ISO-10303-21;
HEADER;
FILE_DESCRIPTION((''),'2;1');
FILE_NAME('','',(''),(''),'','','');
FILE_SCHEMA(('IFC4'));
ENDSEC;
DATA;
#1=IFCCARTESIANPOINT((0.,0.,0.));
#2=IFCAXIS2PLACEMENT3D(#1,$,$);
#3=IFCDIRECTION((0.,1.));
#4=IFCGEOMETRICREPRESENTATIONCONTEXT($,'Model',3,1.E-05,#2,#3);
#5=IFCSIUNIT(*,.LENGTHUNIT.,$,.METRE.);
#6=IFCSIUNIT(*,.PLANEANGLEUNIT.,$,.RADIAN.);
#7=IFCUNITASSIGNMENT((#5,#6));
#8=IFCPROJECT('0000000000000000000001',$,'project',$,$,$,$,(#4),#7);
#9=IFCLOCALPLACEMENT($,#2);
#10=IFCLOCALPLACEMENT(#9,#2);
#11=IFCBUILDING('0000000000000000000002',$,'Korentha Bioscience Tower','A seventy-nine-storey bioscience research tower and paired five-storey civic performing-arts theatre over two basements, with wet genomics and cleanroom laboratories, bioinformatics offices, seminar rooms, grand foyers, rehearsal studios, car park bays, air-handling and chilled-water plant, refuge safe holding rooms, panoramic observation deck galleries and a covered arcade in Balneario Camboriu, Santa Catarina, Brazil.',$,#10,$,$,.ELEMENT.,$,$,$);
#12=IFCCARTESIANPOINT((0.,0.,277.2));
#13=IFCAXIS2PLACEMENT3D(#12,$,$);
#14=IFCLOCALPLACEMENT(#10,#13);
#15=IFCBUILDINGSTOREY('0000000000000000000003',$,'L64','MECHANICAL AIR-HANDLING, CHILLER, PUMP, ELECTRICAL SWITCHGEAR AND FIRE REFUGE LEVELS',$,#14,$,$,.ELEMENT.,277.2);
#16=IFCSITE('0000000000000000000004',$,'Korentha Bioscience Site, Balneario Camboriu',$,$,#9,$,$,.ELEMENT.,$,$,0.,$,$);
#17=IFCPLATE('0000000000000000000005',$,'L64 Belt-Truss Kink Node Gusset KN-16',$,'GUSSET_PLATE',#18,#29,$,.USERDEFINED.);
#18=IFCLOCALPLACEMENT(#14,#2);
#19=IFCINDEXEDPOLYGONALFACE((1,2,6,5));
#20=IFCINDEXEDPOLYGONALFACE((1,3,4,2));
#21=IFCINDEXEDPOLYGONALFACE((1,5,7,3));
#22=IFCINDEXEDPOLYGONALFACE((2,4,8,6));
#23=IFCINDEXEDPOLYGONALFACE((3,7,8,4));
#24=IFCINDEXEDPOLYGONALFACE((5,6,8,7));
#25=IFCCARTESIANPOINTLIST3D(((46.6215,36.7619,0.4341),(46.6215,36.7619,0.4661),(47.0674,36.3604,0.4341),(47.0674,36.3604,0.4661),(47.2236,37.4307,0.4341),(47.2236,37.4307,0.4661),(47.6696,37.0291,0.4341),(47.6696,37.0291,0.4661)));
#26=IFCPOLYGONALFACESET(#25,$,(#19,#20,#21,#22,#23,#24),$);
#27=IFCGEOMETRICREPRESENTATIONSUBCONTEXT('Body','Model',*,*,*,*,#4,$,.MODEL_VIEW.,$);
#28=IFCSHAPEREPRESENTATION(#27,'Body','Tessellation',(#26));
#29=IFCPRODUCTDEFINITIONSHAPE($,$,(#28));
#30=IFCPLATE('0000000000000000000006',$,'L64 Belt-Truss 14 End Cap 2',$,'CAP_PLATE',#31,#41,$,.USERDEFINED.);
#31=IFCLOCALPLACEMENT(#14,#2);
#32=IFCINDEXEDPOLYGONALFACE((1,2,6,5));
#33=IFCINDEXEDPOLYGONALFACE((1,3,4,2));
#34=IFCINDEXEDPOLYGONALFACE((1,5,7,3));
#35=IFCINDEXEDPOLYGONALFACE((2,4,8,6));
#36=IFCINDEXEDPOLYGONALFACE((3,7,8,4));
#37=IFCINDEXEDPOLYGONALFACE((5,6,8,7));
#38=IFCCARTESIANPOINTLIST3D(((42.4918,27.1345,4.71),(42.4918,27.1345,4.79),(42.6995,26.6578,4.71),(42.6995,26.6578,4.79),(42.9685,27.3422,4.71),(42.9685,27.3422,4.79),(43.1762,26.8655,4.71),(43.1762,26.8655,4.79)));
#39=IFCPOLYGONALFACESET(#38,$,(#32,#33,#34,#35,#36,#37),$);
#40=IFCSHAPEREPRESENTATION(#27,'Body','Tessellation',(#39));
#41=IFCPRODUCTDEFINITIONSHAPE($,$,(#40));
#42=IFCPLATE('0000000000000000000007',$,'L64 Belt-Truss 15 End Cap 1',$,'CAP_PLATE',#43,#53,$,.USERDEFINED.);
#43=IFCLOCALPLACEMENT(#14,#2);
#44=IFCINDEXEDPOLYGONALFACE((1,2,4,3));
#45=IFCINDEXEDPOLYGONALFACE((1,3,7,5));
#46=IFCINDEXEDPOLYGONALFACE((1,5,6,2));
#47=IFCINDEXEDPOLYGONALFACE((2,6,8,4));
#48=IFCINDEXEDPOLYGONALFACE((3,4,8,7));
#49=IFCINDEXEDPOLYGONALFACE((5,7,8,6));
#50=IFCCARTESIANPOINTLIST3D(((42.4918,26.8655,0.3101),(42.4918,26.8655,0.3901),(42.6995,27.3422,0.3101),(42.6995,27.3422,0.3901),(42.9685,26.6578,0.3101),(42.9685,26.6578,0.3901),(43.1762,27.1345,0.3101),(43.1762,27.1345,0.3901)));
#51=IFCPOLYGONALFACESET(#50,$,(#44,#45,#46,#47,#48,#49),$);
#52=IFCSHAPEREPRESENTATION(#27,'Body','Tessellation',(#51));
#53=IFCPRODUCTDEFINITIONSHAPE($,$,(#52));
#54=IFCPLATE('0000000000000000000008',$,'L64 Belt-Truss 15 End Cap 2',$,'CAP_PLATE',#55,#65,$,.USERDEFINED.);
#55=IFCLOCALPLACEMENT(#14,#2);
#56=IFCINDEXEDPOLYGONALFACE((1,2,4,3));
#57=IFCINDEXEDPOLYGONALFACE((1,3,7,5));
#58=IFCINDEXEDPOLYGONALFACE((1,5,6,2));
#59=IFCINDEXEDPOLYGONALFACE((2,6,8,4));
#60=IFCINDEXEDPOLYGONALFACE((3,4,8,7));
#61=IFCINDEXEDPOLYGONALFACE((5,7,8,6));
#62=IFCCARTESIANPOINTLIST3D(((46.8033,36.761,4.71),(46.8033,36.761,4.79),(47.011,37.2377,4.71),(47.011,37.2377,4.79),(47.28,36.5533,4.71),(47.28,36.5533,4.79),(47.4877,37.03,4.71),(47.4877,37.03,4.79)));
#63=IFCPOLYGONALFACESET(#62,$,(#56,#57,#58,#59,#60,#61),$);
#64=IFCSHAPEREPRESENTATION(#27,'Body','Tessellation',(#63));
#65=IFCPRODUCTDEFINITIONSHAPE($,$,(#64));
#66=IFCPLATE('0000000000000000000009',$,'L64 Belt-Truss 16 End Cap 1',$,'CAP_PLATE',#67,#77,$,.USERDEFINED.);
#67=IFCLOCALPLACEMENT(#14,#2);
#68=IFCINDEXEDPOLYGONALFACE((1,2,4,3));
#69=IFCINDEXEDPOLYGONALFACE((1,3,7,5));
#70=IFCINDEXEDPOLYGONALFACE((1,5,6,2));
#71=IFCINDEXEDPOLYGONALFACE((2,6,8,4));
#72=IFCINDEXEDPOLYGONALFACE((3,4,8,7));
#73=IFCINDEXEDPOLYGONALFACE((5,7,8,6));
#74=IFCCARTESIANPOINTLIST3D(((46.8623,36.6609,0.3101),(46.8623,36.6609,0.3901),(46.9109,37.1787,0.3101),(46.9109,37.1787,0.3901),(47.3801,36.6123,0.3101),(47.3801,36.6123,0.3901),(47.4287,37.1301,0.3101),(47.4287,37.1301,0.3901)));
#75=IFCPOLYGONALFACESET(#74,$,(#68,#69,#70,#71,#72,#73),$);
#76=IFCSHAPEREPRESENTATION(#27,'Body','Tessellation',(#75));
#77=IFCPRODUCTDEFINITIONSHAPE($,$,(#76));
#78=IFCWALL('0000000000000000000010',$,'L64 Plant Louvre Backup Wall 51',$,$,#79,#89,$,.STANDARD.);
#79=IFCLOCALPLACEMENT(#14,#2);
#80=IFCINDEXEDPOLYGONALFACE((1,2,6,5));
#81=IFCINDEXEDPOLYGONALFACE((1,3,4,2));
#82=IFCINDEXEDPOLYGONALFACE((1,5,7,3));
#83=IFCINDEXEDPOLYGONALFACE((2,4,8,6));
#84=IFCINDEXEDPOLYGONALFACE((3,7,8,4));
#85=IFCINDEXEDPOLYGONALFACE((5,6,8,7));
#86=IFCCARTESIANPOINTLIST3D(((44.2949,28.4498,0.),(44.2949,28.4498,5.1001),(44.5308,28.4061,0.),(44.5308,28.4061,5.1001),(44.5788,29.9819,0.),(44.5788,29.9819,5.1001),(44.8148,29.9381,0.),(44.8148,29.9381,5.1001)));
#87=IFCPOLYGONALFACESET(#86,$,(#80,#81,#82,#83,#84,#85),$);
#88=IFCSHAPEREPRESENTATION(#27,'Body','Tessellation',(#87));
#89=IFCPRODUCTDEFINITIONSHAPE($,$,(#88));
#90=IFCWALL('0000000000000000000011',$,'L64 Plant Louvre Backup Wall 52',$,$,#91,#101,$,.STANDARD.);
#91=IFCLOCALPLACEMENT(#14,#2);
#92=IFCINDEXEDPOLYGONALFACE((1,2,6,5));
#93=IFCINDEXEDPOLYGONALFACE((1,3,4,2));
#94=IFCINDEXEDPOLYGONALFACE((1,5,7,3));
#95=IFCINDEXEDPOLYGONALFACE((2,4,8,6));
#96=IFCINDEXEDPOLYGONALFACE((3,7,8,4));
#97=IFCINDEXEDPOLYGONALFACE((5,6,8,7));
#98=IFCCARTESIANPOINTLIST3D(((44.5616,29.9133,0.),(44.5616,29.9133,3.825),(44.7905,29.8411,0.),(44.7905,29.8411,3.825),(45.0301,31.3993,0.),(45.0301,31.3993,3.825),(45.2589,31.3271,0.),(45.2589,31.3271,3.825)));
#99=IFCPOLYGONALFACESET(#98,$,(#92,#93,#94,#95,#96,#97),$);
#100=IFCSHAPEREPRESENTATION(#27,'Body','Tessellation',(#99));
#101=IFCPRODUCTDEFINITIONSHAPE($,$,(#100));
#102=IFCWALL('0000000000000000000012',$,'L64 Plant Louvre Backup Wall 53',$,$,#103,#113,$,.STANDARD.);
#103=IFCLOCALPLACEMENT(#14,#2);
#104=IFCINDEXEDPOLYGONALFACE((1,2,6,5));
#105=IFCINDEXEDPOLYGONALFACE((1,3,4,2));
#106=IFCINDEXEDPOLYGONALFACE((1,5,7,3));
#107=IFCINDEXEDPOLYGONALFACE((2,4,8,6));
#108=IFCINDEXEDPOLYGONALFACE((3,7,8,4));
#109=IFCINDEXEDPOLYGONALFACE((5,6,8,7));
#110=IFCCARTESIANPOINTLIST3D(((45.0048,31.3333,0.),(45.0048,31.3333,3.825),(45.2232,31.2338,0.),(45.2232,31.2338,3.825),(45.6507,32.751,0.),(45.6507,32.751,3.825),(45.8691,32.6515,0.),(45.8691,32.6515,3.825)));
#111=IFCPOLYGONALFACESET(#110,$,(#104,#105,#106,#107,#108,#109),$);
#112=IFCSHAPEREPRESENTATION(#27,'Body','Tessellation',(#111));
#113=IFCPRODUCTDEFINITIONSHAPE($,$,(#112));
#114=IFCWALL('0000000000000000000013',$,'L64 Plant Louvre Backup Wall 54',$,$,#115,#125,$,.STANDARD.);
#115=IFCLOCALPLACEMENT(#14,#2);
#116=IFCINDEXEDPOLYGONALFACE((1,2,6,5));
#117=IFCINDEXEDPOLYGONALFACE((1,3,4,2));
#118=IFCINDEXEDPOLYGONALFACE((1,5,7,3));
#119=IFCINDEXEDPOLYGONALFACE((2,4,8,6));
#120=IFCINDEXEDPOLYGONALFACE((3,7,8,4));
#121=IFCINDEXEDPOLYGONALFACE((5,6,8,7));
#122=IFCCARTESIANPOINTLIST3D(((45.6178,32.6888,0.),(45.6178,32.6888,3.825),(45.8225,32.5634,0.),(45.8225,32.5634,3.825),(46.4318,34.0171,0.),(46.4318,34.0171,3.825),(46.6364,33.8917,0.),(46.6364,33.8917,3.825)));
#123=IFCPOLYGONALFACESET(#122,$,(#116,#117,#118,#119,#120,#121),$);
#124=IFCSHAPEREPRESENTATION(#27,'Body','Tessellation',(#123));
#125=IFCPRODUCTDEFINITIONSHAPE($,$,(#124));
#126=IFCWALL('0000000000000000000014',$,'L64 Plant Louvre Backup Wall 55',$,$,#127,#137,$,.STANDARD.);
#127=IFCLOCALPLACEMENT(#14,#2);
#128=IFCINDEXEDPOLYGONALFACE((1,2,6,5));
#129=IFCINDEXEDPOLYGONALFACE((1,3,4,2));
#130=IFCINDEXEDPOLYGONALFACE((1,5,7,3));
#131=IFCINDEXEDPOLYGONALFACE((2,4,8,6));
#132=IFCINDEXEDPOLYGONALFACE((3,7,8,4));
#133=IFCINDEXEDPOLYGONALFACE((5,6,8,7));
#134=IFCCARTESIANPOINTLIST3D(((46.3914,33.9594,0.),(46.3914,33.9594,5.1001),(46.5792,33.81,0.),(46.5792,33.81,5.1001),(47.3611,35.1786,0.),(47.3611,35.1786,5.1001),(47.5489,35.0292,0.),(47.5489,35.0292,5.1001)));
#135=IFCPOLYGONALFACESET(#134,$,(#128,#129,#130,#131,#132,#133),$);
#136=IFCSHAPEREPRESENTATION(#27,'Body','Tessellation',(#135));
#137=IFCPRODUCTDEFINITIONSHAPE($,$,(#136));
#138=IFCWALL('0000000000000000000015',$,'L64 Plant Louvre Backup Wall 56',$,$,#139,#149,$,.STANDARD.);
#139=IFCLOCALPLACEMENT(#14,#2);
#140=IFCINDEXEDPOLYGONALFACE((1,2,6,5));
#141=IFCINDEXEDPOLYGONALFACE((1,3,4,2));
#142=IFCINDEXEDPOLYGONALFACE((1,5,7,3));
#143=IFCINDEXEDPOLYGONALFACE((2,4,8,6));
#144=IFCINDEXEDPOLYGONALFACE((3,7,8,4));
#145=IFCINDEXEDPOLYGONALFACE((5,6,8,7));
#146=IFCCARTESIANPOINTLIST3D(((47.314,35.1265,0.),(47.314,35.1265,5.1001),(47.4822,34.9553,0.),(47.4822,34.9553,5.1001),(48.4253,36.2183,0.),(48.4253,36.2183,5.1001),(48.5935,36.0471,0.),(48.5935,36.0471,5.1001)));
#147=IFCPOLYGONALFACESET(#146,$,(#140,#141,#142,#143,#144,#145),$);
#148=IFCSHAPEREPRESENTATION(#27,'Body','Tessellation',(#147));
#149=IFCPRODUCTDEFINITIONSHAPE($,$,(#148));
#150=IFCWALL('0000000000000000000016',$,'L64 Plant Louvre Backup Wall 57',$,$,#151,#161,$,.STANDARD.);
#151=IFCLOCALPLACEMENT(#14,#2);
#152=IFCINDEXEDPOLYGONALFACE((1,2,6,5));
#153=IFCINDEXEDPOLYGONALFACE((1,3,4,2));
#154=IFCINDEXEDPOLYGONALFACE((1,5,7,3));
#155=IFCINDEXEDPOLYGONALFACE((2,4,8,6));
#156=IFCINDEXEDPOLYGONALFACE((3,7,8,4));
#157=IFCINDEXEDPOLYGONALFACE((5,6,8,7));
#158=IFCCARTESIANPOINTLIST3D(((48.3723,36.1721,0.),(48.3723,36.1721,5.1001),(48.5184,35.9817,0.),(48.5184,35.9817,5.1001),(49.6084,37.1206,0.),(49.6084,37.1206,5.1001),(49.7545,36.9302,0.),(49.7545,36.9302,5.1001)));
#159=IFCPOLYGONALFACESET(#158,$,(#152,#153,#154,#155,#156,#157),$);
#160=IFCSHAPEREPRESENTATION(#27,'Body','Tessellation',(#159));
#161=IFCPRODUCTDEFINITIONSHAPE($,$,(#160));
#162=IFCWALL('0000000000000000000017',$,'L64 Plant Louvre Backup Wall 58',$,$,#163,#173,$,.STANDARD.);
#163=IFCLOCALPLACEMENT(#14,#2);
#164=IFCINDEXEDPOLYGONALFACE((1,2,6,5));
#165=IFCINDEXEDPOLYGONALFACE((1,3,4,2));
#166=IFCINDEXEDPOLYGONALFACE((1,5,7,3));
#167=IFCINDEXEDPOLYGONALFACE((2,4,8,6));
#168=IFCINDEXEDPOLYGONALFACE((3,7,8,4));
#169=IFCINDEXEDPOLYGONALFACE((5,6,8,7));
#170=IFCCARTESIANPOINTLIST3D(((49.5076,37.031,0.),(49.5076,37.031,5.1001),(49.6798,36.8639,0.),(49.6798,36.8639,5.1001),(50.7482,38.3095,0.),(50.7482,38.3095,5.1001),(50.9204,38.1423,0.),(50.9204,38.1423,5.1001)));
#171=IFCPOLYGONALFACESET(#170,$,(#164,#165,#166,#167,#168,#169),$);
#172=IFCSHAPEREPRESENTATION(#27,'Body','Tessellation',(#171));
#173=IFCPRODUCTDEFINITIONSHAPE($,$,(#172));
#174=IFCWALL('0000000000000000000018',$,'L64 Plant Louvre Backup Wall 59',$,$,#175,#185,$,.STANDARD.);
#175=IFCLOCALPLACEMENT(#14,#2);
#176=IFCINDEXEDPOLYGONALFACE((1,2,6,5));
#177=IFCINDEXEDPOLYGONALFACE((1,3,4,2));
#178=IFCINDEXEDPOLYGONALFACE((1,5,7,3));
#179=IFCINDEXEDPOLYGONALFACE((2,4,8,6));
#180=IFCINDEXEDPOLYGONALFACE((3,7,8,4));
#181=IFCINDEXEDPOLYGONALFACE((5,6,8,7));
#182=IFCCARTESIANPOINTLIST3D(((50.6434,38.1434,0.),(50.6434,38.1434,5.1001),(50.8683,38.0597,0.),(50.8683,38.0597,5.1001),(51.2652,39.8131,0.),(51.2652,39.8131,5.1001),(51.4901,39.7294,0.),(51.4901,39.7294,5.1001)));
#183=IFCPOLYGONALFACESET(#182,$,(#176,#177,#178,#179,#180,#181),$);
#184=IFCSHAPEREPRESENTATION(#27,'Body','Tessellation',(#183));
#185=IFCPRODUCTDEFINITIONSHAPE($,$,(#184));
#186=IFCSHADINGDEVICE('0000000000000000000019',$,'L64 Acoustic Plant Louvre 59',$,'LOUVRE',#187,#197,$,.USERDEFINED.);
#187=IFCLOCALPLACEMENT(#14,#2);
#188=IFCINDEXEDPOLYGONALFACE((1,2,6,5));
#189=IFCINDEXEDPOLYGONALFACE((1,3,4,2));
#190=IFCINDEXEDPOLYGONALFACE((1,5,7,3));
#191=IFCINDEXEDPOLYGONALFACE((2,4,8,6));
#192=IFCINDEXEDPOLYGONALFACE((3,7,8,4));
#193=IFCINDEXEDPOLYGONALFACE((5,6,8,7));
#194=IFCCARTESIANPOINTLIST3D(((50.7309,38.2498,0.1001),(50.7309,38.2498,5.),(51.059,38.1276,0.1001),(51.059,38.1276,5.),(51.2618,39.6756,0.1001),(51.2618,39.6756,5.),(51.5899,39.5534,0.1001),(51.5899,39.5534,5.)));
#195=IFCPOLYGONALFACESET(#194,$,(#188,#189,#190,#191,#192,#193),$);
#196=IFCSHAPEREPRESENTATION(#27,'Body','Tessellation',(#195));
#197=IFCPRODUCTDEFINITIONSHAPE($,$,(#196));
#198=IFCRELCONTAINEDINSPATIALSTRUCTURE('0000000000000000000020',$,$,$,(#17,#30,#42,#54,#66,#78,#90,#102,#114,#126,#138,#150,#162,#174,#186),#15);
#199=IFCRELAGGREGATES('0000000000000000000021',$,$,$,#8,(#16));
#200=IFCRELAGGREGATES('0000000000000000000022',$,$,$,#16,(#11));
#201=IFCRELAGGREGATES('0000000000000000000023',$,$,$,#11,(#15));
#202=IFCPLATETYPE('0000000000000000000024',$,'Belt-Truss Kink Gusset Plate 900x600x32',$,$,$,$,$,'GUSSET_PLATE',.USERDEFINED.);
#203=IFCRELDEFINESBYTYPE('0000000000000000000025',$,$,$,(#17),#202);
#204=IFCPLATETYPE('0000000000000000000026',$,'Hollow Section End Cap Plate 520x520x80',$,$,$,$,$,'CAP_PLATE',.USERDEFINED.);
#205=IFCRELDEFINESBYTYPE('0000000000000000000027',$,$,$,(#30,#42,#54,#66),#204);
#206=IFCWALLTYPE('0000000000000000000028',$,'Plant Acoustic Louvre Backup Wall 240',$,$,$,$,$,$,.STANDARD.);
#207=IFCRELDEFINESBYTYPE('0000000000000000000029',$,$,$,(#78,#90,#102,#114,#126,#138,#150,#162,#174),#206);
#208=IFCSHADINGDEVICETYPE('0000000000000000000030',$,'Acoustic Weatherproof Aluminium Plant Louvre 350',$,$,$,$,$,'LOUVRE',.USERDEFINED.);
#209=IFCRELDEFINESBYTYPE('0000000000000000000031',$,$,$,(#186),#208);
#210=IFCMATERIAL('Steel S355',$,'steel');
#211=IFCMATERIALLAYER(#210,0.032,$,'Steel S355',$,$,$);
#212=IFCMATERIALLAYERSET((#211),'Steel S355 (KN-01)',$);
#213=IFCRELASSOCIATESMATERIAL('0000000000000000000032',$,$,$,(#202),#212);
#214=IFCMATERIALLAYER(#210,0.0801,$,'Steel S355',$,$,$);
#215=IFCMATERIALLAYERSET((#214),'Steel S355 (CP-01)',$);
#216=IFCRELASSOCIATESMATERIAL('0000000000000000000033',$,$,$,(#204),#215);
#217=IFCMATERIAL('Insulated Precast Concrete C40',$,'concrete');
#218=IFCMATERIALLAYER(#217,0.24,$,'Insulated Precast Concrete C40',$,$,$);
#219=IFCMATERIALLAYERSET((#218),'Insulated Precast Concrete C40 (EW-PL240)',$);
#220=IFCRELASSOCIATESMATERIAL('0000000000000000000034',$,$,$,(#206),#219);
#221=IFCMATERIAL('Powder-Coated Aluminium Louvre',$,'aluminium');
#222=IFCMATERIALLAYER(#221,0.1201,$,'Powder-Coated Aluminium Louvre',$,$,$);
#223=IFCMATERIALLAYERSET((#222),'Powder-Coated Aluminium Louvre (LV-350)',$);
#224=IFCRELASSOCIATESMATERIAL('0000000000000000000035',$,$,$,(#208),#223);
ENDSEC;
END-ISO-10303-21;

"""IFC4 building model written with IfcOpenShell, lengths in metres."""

from ifc_helpers import new_model, si_unit, direction, frame, frame_2d, origin, origin_2d, place, context, subcontext, project, spatial, rectangle, extrude, material, layer, layer_set, type_object, element, save


model = new_model("IFC4")

# Units and contexts
model_context = context("Model", 3, precision=1e-05, world=origin(), true_north=direction((0.0, 1.0)))
body_context = subcontext(model_context, "Body", "Model", "MODEL_VIEW")
ifc_project = project(units=[si_unit("LENGTHUNIT", "METRE"), si_unit("PLANEANGLEUNIT", "RADIAN")], contexts=[model_context])

# Site, building, storey
site_placement = place(None, origin())
site = spatial("IfcSite", under=ifc_project, at=site_placement, Name="Korentha Bioscience Site, Balneario Camboriu", CompositionType="ELEMENT", RefElevation=0.0)
building_placement = place(site_placement, origin())
building = spatial("IfcBuilding", under=site, at=building_placement, Name="Korentha Bioscience Tower", Description="A seventy-nine-storey bioscience research tower and paired five-storey civic performing-arts theatre over two basements, with wet genomics and cleanroom laboratories, bioinformatics offices, seminar rooms, grand foyers, rehearsal studios, car park bays, air-handling and chilled-water plant, refuge safe holding rooms, panoramic observation deck galleries and a covered arcade in Balneario Camboriu, Santa Catarina, Brazil.", CompositionType="ELEMENT")
storey_placement = place(building_placement, frame((0.0, 0.0, 277.2)))
storey = spatial("IfcBuildingStorey", under=building, at=storey_placement, Name="L64", Description="MECHANICAL AIR-HANDLING, CHILLER, PUMP, ELECTRICAL SWITCHGEAR AND FIRE REFUGE LEVELS", CompositionType="ELEMENT", Elevation=277.2)

# Shared definitions
ifc_material_1 = material(Name="Steel S355", Category="steel")

# Plates
ifc_layer_1 = layer(ifc_material_1, 0.032, Name="Steel S355")
ifc_layer_set_1 = layer_set([ifc_layer_1], Name="Steel S355 (KN-01)")
plate_type_1 = type_object("IfcPlateType", Name="Belt-Truss Kink Gusset Plate 900x600x32", ElementType="GUSSET_PLATE", PredefinedType="USERDEFINED", material=ifc_layer_set_1)
for number, where, z_axis, x_axis, name in (
    (1, (47.1455, 36.8955, 0.4341), (0.0, 0.0, 1.0), (0.669131, 0.743145, 0.0), "L64 Belt-Truss Kink Node Gusset KN-16"),
):
    element("IfcPlate", number, at=place(storey_placement, frame(where, z_axis=z_axis, x_axis=x_axis)), inside=storey, type_object=plate_type_1, Name=name, ObjectType="GUSSET_PLATE", PredefinedType="USERDEFINED", context=body_context, shape_type="SweptSolid", body=[
        extrude(rectangle(XDim=0.8999, YDim=0.6001, at=origin_2d()), origin(), (0.0, 0.0, 1.0), 0.032),
    ])
ifc_layer_2 = layer(ifc_material_1, 0.0801, Name="Steel S355")
ifc_layer_set_2 = layer_set([ifc_layer_2], Name="Steel S355 (CP-01)")
plate_type_2 = type_object("IfcPlateType", Name="Hollow Section End Cap Plate 520x520x80", ElementType="CAP_PLATE", PredefinedType="USERDEFINED", material=ifc_layer_set_2)
for number, where, z_axis, x_axis, name in (
    (2, (42.834, 27.0, 4.71), (0.0, 0.0, 1.0), (-0.399389, 0.916781, 0.0), "L64 Belt-Truss 14 End Cap 2"),
    (3, (42.834, 27.0, 0.3101), (0.0, 0.0, 1.0), (0.399389, 0.916781, 0.0), "L64 Belt-Truss 15 End Cap 1"),
    (4, (47.1455, 36.8955, 4.71), (0.0, 0.0, 1.0), (0.399389, 0.916781, 0.0), "L64 Belt-Truss 15 End Cap 2"),
    (5, (47.1455, 36.8955, 0.3101), (0.0, 0.0, 1.0), (0.093413, 0.995627, 0.0), "L64 Belt-Truss 16 End Cap 1"),
):
    element("IfcPlate", number, at=place(storey_placement, frame(where, z_axis=z_axis, x_axis=x_axis)), inside=storey, type_object=plate_type_2, Name=name, ObjectType="CAP_PLATE", PredefinedType="USERDEFINED", context=body_context, shape_type="SweptSolid", body=[
        extrude(rectangle(XDim=0.52, YDim=0.52, at=origin_2d()), origin(), (0.0, 0.0, 1.0), 0.0801),
    ])

# Walls
ifc_material_2 = material(Name="Insulated Precast Concrete C40", Category="concrete")
ifc_layer_3 = layer(ifc_material_2, 0.24, Name="Insulated Precast Concrete C40")
ifc_layer_set_3 = layer_set([ifc_layer_3], Name="Insulated Precast Concrete C40 (EW-PL240)")
wall_type = type_object("IfcWallType", Name="Plant Acoustic Louvre Backup Wall 240", PredefinedType="STANDARD", material=ifc_layer_set_3)
wall_1_placement = place(storey_placement, frame((44.4128, 28.428, 0.0), z_axis=(0.0, 0.0, 1.0), x_axis=(0.182235, 0.983255, 0.0)))
element("IfcWall", 6, at=wall_1_placement, inside=storey, type_object=wall_type, Name="L64 Plant Louvre Backup Wall 51", PredefinedType="STANDARD", context=body_context, shape_type="SweptSolid", body=[
    extrude(rectangle(XDim=1.5581, YDim=0.24, at=frame_2d((0.7791, 0.0))), origin(), (0.0, 0.0, 1.0), 5.1001),
])
wall_2_placement = place(storey_placement, frame((44.676, 29.8772, 0.0), z_axis=(0.0, 0.0, 1.0), x_axis=(0.300674, 0.953727, 0.0)))
element("IfcWall", 7, at=wall_2_placement, inside=storey, type_object=wall_type, Name="L64 Plant Louvre Backup Wall 52", PredefinedType="STANDARD", context=body_context, shape_type="SweptSolid", body=[
    extrude(rectangle(XDim=1.5581, YDim=0.24, at=frame_2d((0.7791, 0.0))), origin(), (0.0, 0.0, 1.0), 3.825),
])
for number, where, z_axis, x_axis, name in (
    (8, (45.114, 31.2837, 0.0), (0.0, 0.0, 1.0), (0.414641, 0.909985, 0.0), "L64 Plant Louvre Backup Wall 53"),
    (9, (45.7202, 32.6262, 0.0), (0.0, 0.0, 1.0), (0.52247, 0.852658, 0.0), "L64 Plant Louvre Backup Wall 54"),
):
    element("IfcWall", number, at=place(storey_placement, frame(where, z_axis=z_axis, x_axis=x_axis)), inside=storey, type_object=wall_type, Name=name, PredefinedType="STANDARD", context=body_context, shape_type="SweptSolid", body=[
        extrude(rectangle(XDim=1.5579, YDim=0.24, at=frame_2d((0.7788, 0.0))), origin(), (0.0, 0.0, 1.0), 3.825),
    ])
for number, where, z_axis, x_axis, name in (
    (10, (46.4854, 33.8848, 0.0), (0.0, 0.0, 1.0), (0.622476, 0.782639, 0.0), "L64 Plant Louvre Backup Wall 55"),
    (11, (47.3982, 35.041, 0.0), (0.0, 0.0, 1.0), (0.713347, 0.700811, 0.0), "L64 Plant Louvre Backup Wall 56"),
):
    element("IfcWall", number, at=place(storey_placement, frame(where, z_axis=z_axis, x_axis=x_axis)), inside=storey, type_object=wall_type, Name=name, PredefinedType="STANDARD", context=body_context, shape_type="SweptSolid", body=[
        extrude(rectangle(XDim=1.5579, YDim=0.24, at=frame_2d((0.7788, 0.0))), origin(), (0.0, 0.0, 1.0), 5.1001),
    ])
wall_3_placement = place(storey_placement, frame((48.4453, 36.0769, 0.0), z_axis=(0.0, 0.0, 1.0), x_axis=(0.793352, 0.608764, 0.0)))
element("IfcWall", 12, at=wall_3_placement, inside=storey, type_object=wall_type, Name="L64 Plant Louvre Backup Wall 57", PredefinedType="STANDARD", context=body_context, shape_type="SweptSolid", body=[
    extrude(rectangle(XDim=1.5581, YDim=0.24, at=frame_2d((0.7791, 0.0))), origin(), (0.0, 0.0, 1.0), 5.1001),
])
wall_4_placement = place(storey_placement, frame((49.5938, 36.9475, 0.0), z_axis=(0.0, 0.0, 1.0), x_axis=(0.696407, 0.717647, 0.0)))
element("IfcWall", 13, at=wall_4_placement, inside=storey, type_object=wall_type, Name="L64 Plant Louvre Backup Wall 58", PredefinedType="STANDARD", context=body_context, shape_type="SweptSolid", body=[
    extrude(rectangle(XDim=1.7815, YDim=0.24, at=frame_2d((0.8906, 0.0))), origin(), (0.0, 0.0, 1.0), 5.1001),
])
wall_5_placement = place(storey_placement, frame((50.7559, 38.1016, 0.0), z_axis=(0.0, 0.0, 1.0), x_axis=(0.349005, 0.937121, 0.0)))
element("IfcWall", 14, at=wall_5_placement, inside=storey, type_object=wall_type, Name="L64 Plant Louvre Backup Wall 59", PredefinedType="STANDARD", context=body_context, shape_type="SweptSolid", body=[
    extrude(rectangle(XDim=1.7817, YDim=0.24, at=frame_2d((0.8909, 0.0))), origin(), (0.0, 0.0, 1.0), 5.1001),
])

# Shading device
ifc_material_3 = material(Name="Powder-Coated Aluminium Louvre", Category="aluminium")
ifc_layer_4 = layer(ifc_material_3, 0.1201, Name="Powder-Coated Aluminium Louvre")
ifc_layer_set_4 = layer_set([ifc_layer_4], Name="Powder-Coated Aluminium Louvre (LV-350)")
shading_device_type = type_object("IfcShadingDeviceType", Name="Acoustic Weatherproof Aluminium Plant Louvre 350", ElementType="LOUVRE", PredefinedType="USERDEFINED", material=ifc_layer_set_4)
shading_device_placement = place(storey_placement, frame((51.1604, 38.9016, 0.1001), z_axis=(0.0, 0.0, 1.0), x_axis=(0.348952, 0.93714, 0.0)))
element("IfcShadingDevice", 15, at=shading_device_placement, inside=storey, type_object=shading_device_type, Name="L64 Acoustic Plant Louvre 59", ObjectType="LOUVRE", PredefinedType="USERDEFINED", context=body_context, shape_type="SweptSolid", body=[
    extrude(rectangle(XDim=1.5215, YDim=0.3501, at=origin_2d()), origin(), (0.0, 0.0, 1.0), 4.8999),
])

save(model, "model.ifc")
